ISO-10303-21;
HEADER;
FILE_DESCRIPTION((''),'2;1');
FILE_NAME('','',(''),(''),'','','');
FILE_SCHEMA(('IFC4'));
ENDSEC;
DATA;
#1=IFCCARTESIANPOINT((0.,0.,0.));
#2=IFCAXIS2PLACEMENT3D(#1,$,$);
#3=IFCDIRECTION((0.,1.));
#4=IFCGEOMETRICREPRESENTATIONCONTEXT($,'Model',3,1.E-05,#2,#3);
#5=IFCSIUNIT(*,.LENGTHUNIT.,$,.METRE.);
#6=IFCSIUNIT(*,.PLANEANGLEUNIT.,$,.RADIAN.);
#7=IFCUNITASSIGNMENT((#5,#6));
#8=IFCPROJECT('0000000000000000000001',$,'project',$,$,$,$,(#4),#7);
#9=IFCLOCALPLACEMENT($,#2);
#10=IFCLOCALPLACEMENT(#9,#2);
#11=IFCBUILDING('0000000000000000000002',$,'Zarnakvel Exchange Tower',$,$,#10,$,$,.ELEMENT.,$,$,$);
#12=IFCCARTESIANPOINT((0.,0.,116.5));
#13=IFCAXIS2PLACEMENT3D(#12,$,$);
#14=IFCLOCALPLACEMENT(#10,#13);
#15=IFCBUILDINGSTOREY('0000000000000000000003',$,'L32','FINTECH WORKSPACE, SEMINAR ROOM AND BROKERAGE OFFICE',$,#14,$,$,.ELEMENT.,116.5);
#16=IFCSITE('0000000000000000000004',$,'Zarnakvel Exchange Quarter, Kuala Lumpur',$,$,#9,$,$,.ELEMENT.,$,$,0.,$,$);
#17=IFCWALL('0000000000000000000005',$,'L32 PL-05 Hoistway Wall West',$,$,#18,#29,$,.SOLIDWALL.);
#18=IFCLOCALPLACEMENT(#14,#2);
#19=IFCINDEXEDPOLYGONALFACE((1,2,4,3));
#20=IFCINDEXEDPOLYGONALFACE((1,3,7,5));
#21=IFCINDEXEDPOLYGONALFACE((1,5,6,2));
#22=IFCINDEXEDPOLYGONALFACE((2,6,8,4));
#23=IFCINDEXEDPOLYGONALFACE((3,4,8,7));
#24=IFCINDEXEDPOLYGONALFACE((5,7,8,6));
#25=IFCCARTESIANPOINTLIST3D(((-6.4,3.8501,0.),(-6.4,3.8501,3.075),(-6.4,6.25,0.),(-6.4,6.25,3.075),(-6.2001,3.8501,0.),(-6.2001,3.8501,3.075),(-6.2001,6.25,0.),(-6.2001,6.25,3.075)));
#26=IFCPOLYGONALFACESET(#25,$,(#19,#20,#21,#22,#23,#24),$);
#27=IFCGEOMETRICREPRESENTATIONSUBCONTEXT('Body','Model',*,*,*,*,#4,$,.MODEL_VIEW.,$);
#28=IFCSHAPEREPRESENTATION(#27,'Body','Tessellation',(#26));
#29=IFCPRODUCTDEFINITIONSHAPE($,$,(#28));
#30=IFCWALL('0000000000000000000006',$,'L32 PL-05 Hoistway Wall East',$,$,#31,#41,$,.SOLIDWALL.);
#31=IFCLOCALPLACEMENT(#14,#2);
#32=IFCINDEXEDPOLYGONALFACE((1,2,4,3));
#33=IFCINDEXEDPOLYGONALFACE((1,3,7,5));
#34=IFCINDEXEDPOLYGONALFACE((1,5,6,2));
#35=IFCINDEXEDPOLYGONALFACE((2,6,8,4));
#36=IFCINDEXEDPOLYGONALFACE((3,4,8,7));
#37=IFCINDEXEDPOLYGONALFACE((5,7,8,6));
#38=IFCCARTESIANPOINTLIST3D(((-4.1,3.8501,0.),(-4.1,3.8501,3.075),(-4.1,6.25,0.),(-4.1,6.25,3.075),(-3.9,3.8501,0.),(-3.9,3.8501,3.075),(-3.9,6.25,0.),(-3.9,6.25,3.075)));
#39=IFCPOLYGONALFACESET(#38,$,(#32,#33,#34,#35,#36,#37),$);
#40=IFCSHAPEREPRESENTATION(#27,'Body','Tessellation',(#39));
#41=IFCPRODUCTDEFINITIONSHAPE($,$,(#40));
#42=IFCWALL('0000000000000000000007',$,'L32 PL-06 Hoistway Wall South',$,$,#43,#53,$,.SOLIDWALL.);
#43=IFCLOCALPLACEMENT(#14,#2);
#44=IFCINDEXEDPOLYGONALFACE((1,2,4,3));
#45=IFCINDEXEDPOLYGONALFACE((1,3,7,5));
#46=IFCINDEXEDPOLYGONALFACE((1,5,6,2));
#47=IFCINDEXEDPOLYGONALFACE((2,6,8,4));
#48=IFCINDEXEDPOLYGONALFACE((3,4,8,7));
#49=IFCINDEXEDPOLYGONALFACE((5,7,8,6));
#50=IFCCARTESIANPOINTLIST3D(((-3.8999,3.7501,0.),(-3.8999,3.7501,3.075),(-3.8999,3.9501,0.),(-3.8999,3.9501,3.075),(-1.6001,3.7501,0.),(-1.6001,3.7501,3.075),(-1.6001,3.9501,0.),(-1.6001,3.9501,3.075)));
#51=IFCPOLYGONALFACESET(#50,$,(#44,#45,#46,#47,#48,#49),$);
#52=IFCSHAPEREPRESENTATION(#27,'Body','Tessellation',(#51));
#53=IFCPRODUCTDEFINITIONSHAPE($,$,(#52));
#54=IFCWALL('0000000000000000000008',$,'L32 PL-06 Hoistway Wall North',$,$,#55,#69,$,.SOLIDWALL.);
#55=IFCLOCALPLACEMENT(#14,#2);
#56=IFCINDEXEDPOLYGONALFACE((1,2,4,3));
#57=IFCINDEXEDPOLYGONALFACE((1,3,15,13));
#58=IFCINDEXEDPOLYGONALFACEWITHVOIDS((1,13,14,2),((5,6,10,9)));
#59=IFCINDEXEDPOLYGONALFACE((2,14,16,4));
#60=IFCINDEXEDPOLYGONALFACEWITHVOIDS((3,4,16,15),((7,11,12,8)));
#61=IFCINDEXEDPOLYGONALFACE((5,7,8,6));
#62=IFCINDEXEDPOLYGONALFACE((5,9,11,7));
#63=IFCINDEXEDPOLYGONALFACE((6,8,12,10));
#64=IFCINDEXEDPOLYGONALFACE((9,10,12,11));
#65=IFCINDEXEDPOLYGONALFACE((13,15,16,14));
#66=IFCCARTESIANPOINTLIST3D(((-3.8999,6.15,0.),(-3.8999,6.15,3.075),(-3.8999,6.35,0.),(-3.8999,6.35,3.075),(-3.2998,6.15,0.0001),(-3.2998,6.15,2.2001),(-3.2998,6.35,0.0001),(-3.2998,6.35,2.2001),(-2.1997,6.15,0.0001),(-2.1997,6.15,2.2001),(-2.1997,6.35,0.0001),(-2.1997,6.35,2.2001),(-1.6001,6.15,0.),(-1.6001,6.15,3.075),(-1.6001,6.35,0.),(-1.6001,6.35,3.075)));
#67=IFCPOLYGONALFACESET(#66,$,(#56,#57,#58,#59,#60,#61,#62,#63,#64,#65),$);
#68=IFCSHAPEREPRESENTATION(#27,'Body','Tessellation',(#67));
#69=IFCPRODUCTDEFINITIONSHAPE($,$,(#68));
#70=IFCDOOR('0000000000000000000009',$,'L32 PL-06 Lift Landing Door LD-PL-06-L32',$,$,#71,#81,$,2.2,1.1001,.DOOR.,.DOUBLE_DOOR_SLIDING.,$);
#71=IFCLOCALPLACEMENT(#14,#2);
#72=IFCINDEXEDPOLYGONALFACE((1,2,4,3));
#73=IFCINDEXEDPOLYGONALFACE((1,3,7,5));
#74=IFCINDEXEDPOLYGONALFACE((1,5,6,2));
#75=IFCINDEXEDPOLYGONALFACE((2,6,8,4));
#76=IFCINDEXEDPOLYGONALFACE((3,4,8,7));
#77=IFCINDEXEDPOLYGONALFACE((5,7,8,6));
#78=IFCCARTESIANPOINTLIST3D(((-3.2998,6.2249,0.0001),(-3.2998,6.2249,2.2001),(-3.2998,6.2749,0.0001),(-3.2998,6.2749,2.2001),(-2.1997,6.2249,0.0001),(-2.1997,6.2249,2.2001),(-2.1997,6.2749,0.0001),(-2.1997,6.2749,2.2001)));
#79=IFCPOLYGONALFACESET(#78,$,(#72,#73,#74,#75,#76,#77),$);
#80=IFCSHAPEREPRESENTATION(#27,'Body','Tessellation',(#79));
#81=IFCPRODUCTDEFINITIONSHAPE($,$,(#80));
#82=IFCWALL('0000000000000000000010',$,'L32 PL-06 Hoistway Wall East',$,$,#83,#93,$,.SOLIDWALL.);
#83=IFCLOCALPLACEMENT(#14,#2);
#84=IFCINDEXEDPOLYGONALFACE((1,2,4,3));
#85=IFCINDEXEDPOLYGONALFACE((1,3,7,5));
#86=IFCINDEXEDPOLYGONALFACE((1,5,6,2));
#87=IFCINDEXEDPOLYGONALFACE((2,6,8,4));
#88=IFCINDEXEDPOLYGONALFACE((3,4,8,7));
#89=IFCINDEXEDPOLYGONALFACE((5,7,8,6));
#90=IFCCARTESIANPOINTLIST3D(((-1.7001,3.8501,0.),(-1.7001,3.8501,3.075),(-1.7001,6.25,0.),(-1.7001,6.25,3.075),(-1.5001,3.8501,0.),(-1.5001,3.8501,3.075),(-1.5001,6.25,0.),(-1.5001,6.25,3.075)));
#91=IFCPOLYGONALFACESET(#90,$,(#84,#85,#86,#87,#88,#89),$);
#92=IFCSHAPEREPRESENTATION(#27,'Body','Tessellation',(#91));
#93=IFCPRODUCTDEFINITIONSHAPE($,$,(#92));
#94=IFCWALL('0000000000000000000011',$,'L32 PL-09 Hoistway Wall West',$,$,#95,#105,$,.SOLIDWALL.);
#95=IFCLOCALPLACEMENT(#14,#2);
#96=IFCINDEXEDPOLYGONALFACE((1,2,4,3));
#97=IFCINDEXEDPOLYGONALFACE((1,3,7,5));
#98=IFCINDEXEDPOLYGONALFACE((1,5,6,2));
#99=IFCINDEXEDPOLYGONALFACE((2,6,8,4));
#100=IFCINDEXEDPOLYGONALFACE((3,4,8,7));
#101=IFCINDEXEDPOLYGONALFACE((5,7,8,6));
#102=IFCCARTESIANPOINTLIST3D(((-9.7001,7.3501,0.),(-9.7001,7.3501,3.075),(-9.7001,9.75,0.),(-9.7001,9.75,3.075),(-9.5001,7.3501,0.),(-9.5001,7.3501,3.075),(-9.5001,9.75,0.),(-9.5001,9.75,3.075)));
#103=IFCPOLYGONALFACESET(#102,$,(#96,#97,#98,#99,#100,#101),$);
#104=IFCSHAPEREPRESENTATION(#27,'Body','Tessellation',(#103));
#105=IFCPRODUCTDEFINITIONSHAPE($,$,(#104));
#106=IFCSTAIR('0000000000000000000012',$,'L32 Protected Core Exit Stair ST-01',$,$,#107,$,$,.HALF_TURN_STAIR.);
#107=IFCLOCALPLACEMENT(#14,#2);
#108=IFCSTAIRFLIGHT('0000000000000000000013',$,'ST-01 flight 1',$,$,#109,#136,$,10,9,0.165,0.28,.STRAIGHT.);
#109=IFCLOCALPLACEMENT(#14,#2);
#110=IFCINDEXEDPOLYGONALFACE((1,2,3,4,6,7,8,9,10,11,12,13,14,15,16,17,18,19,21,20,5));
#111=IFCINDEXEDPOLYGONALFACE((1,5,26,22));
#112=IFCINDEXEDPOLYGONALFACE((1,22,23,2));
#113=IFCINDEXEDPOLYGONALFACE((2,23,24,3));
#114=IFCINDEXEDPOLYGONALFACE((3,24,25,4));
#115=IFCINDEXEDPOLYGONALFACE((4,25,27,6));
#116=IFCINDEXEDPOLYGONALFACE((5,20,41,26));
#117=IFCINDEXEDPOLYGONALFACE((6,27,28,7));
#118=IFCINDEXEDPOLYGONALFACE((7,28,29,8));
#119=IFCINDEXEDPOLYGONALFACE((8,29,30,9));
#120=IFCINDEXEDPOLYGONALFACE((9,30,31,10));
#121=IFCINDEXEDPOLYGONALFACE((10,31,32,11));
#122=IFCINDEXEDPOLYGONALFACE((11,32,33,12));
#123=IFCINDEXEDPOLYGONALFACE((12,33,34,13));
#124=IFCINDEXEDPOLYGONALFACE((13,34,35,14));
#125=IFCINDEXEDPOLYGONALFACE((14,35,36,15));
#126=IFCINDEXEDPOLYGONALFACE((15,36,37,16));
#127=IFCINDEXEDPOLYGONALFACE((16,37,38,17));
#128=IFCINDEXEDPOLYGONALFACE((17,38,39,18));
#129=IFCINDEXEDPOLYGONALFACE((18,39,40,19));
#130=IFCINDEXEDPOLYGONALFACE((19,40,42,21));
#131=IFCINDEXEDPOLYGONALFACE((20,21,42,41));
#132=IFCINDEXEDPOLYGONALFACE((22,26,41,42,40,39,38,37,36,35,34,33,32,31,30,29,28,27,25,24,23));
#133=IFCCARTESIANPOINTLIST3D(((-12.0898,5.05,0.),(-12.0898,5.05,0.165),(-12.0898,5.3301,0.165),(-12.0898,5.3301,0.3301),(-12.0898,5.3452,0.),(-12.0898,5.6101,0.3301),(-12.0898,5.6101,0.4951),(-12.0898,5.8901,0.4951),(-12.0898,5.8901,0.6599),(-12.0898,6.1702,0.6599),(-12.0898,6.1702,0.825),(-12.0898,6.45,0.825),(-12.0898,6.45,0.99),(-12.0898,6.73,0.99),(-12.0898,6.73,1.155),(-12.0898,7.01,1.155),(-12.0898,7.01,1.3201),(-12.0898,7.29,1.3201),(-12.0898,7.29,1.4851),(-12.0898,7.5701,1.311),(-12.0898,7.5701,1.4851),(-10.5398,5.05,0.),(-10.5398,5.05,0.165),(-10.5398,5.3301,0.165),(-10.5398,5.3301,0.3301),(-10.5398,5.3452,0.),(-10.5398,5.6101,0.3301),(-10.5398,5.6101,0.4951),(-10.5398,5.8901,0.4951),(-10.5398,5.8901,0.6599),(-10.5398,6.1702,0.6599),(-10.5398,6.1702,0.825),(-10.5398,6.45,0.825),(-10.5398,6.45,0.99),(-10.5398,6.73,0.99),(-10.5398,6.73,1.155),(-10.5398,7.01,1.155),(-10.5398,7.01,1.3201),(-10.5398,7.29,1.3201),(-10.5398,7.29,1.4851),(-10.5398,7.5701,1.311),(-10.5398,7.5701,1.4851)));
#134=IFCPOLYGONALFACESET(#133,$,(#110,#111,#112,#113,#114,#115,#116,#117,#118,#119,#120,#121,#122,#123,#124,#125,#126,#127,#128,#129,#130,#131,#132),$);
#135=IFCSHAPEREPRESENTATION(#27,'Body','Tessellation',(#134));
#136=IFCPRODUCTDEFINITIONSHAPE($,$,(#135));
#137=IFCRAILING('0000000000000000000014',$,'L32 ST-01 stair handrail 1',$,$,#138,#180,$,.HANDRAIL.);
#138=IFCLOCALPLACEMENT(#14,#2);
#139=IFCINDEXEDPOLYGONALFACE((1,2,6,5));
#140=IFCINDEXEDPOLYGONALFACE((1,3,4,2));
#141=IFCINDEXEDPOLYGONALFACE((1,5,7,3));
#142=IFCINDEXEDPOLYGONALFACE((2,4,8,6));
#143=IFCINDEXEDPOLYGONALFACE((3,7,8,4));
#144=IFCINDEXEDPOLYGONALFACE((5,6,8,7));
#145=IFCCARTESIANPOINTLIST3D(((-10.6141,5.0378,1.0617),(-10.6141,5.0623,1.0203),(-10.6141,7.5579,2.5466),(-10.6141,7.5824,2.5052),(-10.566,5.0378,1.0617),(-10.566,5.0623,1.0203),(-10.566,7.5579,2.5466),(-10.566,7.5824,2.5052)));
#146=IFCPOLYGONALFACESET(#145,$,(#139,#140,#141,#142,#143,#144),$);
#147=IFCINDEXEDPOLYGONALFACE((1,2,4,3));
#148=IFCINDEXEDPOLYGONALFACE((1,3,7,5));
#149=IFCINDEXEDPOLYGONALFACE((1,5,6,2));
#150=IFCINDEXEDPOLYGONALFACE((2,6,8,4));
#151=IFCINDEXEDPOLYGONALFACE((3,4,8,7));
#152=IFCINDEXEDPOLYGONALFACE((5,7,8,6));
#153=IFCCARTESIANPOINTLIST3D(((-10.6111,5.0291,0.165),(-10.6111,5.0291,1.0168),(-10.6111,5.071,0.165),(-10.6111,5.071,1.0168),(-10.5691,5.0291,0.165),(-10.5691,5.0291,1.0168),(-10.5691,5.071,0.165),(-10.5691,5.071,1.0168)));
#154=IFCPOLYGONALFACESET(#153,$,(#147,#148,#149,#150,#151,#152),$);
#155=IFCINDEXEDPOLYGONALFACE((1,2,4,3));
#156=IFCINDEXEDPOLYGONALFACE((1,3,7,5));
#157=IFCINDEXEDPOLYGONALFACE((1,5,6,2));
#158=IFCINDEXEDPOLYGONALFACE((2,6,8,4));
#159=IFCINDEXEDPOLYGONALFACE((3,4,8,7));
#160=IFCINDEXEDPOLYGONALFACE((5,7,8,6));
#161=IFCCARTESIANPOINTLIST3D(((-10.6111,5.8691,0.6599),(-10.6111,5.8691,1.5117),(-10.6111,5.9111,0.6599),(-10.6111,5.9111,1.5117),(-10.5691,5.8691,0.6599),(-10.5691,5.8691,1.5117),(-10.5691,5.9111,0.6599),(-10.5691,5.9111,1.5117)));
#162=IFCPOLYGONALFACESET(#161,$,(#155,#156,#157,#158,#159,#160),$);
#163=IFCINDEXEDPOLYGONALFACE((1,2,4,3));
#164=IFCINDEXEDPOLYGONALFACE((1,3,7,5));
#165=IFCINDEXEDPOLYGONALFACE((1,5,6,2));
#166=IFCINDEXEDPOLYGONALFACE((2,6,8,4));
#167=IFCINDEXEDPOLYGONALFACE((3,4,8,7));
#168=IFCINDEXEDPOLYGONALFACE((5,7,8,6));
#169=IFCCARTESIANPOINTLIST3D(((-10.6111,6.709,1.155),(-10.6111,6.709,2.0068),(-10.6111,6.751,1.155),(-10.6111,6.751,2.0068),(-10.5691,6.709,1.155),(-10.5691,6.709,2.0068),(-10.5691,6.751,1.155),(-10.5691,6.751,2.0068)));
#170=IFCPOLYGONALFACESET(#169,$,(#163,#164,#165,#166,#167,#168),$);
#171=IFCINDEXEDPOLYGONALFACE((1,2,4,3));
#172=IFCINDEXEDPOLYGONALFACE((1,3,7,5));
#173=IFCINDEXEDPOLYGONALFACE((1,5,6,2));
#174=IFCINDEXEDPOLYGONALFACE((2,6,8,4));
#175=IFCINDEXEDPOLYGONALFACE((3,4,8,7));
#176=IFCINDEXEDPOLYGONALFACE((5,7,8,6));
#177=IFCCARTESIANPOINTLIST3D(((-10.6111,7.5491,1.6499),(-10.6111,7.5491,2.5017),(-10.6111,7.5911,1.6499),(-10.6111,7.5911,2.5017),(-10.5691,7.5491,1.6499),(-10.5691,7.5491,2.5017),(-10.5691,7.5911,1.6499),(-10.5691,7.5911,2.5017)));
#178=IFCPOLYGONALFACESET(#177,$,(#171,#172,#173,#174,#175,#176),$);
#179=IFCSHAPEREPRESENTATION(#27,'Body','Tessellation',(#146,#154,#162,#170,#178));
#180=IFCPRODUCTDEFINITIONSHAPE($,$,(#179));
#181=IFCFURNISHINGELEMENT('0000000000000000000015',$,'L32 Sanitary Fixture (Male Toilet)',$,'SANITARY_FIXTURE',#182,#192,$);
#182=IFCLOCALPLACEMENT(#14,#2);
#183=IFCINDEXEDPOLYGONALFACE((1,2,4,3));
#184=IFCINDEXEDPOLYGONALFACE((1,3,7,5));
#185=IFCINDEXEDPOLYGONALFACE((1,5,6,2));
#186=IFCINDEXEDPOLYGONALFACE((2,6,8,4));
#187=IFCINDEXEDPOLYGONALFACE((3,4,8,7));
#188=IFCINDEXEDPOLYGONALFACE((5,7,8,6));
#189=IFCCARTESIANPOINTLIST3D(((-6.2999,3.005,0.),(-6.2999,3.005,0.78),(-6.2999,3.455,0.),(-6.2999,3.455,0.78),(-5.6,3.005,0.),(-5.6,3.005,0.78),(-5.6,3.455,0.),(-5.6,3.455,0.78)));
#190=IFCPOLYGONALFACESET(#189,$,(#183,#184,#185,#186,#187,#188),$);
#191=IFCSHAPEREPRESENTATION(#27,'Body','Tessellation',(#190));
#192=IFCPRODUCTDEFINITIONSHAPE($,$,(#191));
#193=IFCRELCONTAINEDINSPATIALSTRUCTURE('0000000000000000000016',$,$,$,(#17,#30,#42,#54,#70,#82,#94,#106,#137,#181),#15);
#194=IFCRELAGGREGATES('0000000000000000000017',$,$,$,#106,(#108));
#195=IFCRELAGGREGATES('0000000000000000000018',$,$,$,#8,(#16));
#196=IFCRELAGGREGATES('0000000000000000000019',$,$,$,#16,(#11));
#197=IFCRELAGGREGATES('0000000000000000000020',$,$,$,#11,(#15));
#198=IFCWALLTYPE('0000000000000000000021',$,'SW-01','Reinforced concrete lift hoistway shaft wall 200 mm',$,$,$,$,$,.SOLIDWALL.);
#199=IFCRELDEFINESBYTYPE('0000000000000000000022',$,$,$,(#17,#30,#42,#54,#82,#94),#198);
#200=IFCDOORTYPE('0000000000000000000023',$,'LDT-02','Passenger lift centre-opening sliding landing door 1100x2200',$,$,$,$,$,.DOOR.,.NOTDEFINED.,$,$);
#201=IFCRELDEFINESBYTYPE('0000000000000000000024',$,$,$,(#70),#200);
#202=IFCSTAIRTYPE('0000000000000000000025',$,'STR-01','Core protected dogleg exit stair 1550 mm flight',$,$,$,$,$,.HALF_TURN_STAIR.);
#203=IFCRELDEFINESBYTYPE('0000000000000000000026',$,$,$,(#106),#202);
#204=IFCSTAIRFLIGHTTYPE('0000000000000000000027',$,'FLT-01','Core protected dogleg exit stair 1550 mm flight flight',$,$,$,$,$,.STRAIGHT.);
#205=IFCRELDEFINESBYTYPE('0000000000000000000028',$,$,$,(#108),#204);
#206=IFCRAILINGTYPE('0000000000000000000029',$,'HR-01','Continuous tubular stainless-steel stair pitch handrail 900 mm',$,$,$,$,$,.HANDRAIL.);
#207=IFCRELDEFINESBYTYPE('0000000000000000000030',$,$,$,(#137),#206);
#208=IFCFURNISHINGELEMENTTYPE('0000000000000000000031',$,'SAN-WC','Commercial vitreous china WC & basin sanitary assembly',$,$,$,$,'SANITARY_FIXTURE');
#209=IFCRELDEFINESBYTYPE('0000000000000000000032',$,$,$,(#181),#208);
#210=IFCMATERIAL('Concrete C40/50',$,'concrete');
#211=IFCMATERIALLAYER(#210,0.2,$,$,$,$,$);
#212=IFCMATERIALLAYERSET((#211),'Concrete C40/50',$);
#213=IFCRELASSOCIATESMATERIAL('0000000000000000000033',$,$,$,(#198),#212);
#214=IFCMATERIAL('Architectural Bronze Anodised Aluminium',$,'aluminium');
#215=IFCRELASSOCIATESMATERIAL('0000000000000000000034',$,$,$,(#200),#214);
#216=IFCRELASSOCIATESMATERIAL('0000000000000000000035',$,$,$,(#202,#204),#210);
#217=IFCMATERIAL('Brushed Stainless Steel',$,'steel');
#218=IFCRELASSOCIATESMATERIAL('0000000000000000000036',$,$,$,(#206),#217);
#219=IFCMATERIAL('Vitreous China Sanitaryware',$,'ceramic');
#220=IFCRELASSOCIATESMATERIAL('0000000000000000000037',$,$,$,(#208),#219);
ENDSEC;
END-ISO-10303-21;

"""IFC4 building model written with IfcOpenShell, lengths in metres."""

from ifc_helpers import new_model, si_unit, direction, frame, frame_2d, origin, origin_2d, place, context, subcontext, project, spatial, polyline, rectangle, outline, extrude, source, transform, mapped, material, layer, layer_set, type_object, element, fill, aggregate, save


model = new_model("IFC4")

# Units and contexts
model_context = context("Model", 3, precision=1e-05, world=origin(), true_north=direction((0.0, 1.0)))
body_context = subcontext(model_context, "Body", "Model", "MODEL_VIEW")
ifc_project = project(units=[si_unit("LENGTHUNIT", "METRE"), si_unit("PLANEANGLEUNIT", "RADIAN")], contexts=[model_context])

# Site, building, storey
site_placement = place(None, origin())
site = spatial("IfcSite", under=ifc_project, at=site_placement, Name="Zarnakvel Exchange Quarter, Kuala Lumpur", CompositionType="ELEMENT", RefElevation=0.0)
building_placement = place(site_placement, origin())
building = spatial("IfcBuilding", under=site, at=building_placement, Name="Zarnakvel Exchange Tower", CompositionType="ELEMENT")
storey_placement = place(building_placement, frame((0.0, 0.0, 116.5)))
storey = spatial("IfcBuildingStorey", under=building, at=storey_placement, Name="L32", Description="FINTECH WORKSPACE, SEMINAR ROOM AND BROKERAGE OFFICE", CompositionType="ELEMENT", Elevation=116.5)

# Shared definitions
ifc_material_1 = material(Name="Concrete C40/50", Category="concrete")

# Shared definitions
ifc_layer_1 = layer(ifc_material_1, 0.2)
ifc_layer_set_1 = layer_set([ifc_layer_1], Name="Concrete C40/50")
wall_type_1 = type_object("IfcWallType", Name="SW-01", Description="Reinforced concrete lift hoistway shaft wall 200 mm", PredefinedType="SOLIDWALL", material=ifc_layer_set_1)
ifc_material_2 = material(Name="Brushed Stainless Steel", Category="steel")
shared_shape_1 = source(origin(), body_context, "Body", "SweptSolid", [
    extrude(rectangle(XDim=1.1001, YDim=2.2, at=frame_2d((0.55, 1.1001))), frame((0.0, 0.0249, 0.0), z_axis=(0.0, -1.0, 0.0), x_axis=(1.0, 0.0, 0.0)), (0.0, 0.0, 1.0), 0.05),
])

# Shared definitions
ifc_material_3 = material(Name="Architectural Bronze Anodised Aluminium", Category="aluminium")
door_type_1 = type_object("IfcDoorType", Name="LDT-02", Description="Passenger lift centre-opening sliding landing door 1100x2200", OperationType="NOTDEFINED", PredefinedType="DOOR", material=ifc_material_3)

# Walls
for number, where, z_axis, x_axis, name in (
    (1, (-6.3, 3.8501, 0.0), (0.0, 0.0, 1.0), (0.0, 1.0, 0.0), "L32 PL-05 Hoistway Wall West"),
    (2, (-4.0, 6.25, 0.0), (0.0, 0.0, 1.0), (0.0, -1.0, 0.0), "L32 PL-05 Hoistway Wall East"),
):
    element("IfcWall", number, at=place(storey_placement, frame(where, z_axis=z_axis, x_axis=x_axis)), inside=storey, type_object=wall_type_1, Name=name, PredefinedType="SOLIDWALL", context=body_context, shape_type="SweptSolid", body=[
        extrude(rectangle(XDim=2.3999, YDim=0.2, at=frame_2d((1.2, 0.0))), origin(), (0.0, 0.0, 1.0), 3.075),
    ])
wall_1_placement = place(storey_placement, frame((-1.6001, 3.8501, 0.0), z_axis=(0.0, 0.0, 1.0), x_axis=(-1.0, 0.0, 0.0)))
element("IfcWall", 3, at=wall_1_placement, inside=storey, type_object=wall_type_1, Name="L32 PL-06 Hoistway Wall South", PredefinedType="SOLIDWALL", context=body_context, shape_type="SweptSolid", body=[
    extrude(rectangle(XDim=2.2998, YDim=0.2, at=frame_2d((1.1499, 0.0))), origin(), (0.0, 0.0, 1.0), 3.075),
])

# Wall, opening, door
wall_2_placement = place(storey_placement, frame((-3.8999, 6.25, 0.0), z_axis=(0.0, 0.0, 1.0), x_axis=(1.0, 0.0, 0.0)))
wall_2 = element("IfcWall", 4, at=wall_2_placement, inside=storey, type_object=wall_type_1, Name="L32 PL-06 Hoistway Wall North", PredefinedType="SOLIDWALL", context=body_context, shape_type="SweptSolid", body=[
    extrude(rectangle(XDim=2.2998, YDim=0.2, at=frame_2d((1.1499, 0.0))), origin(), (0.0, 0.0, 1.0), 3.075),
])
opening_1_placement = place(wall_2_placement, frame((0.6001, 0.0, 0.0)))
opening_1 = element("IfcOpeningElement", 5, at=opening_1_placement, cuts=wall_2, PredefinedType="OPENING", context=body_context, shape_type="SweptSolid", body=[
    extrude(rectangle(XDim=1.1001, YDim=2.2, at=frame_2d((0.55, 1.1001))), frame((0.0, 0.1099, 0.0), z_axis=(0.0, -1.0, 0.0), x_axis=(1.0, 0.0, 0.0)), (0.0, 0.0, 1.0), 0.22),
])
door_1_placement = place(opening_1_placement, origin())
door_1 = element("IfcDoor", 6, at=door_1_placement, inside=storey, type_object=door_type_1, Name="L32 PL-06 Lift Landing Door LD-PL-06-L32", OperationType="DOUBLE_DOOR_SLIDING", OverallHeight=2.2, OverallWidth=1.1001, PredefinedType="DOOR", context=body_context, shape_type="MappedRepresentation", body=[
    mapped(shared_shape_1, transform((0.0, 0.0, 0.0), x_axis=(1.0, 0.0, 0.0), y_axis=(0.0, 1.0, 0.0), z_axis=(0.0, 0.0, 1.0), scale=1.0)),
])
fill(opening_1, door_1)

# Walls
for number, where, z_axis, x_axis, name in (
    (7, (-1.6001, 6.25, 0.0), (0.0, 0.0, 1.0), (0.0, -1.0, 0.0), "L32 PL-06 Hoistway Wall East"),
    (8, (-9.6001, 7.3501, 0.0), (0.0, 0.0, 1.0), (0.0, 1.0, 0.0), "L32 PL-09 Hoistway Wall West"),
):
    element("IfcWall", number, at=place(storey_placement, frame(where, z_axis=z_axis, x_axis=x_axis)), inside=storey, type_object=wall_type_1, Name=name, PredefinedType="SOLIDWALL", context=body_context, shape_type="SweptSolid", body=[
        extrude(rectangle(XDim=2.3999, YDim=0.2, at=frame_2d((1.2, 0.0))), origin(), (0.0, 0.0, 1.0), 3.075),
    ])

# Stair, stair flight
stair_type = type_object("IfcStairType", Name="STR-01", Description="Core protected dogleg exit stair 1550 mm flight", PredefinedType="HALF_TURN_STAIR", material=ifc_material_1)
stair_placement = place(storey_placement, origin())
stair = element("IfcStair", 9, at=stair_placement, inside=storey, type_object=stair_type, Name="L32 Protected Core Exit Stair ST-01", PredefinedType="HALF_TURN_STAIR")
stair_flight_type = type_object("IfcStairFlightType", Name="FLT-01", Description="Core protected dogleg exit stair 1550 mm flight flight", PredefinedType="STRAIGHT", material=ifc_material_1)
stair_flight_placement = place(storey_placement, frame((-11.3149, 5.05, 0.0), z_axis=(0.0, 0.0, 1.0), x_axis=(0.0, 1.0, 0.0)))
stair_flight = element("IfcStairFlight", 10, at=stair_flight_placement, type_object=stair_flight_type, Name="ST-01 flight 1", NumberOfRisers=10, NumberOfTreads=9, PredefinedType="STRAIGHT", RiserHeight=0.165, TreadLength=0.28, context=body_context, shape_type="SweptSolid", body=[
    extrude(outline(polyline([(0.0, 0.0), (0.0, 0.165), (0.28, 0.165), (0.28, 0.3301), (0.5601, 0.3301), (0.5601, 0.4951), (0.8401, 0.4951), (0.8401, 0.6599), (1.1201, 0.6599), (1.1201, 0.825), (1.3999, 0.825), (1.3999, 0.99), (1.6799, 0.99), (1.6799, 1.155), (1.96, 1.155), (1.96, 1.3201), (2.24, 1.3201), (2.24, 1.4851), (2.52, 1.4851), (2.52, 1.6499), (2.52, 1.311), (0.2952, 0.0), (0.0, 0.0)])), frame((0.0, 0.7749, 0.0), z_axis=(0.0, -1.0, 0.0), x_axis=(1.0, 0.0, 0.0)), (0.0, 0.0, 1.0), 1.55),
])
aggregate(stair, [stair_flight])

# Railing
railing_type = type_object("IfcRailingType", Name="HR-01", Description="Continuous tubular stainless-steel stair pitch handrail 900 mm", PredefinedType="HANDRAIL", material=ifc_material_2)
railing_placement = place(storey_placement, frame((-10.5901, 5.05, 0.165)))
element("IfcRailing", 11, at=railing_placement, inside=storey, type_object=railing_type, Name="L32 ST-01 stair handrail 1", PredefinedType="HANDRAIL", context=body_context, shape_type="SweptSolid", body=[
    extrude(rectangle(XDim=0.0481, YDim=0.0481, at=origin_2d()), frame((0.0, 0.0, 0.876), z_axis=(0.0, 0.861561, 0.507655), x_axis=(-1.0, 0.0, 0.0)), (0.0, 0.0, 1.0), 2.925),
    extrude(rectangle(XDim=0.042, YDim=0.042, at=origin_2d()), origin(), (0.0, 0.0, 1.0), 0.8518),
    extrude(rectangle(XDim=0.042, YDim=0.042, at=origin_2d()), frame((0.0, 0.8401, 0.4949)), (0.0, 0.0, 1.0), 0.8518),
    extrude(rectangle(XDim=0.042, YDim=0.042, at=origin_2d()), frame((0.0, 1.6799, 0.99)), (0.0, 0.0, 1.0), 0.8518),
    extrude(rectangle(XDim=0.042, YDim=0.042, at=origin_2d()), frame((0.0, 2.52, 1.4849)), (0.0, 0.0, 1.0), 0.8518),
])

# Furnishing element
ifc_material_4 = material(Name="Vitreous China Sanitaryware", Category="ceramic")
furnishing_element_type = type_object("IfcFurnishingElementType", Name="SAN-WC", Description="Commercial vitreous china WC & basin sanitary assembly", ElementType="SANITARY_FIXTURE", material=ifc_material_4)
shared_shape_2 = source(origin(), body_context, "Body", "SweptSolid", [
    extrude(rectangle(XDim=0.7, YDim=0.45, at=origin_2d()), origin(), (0.0, 0.0, 1.0), 0.78),
])
for number, where, z_axis, x_axis, name in (
    (12, (-5.95, 3.23, 0.0), (0.0, 0.0, 1.0), (1.0, 0.0, 0.0), "L32 Sanitary Fixture (Male Toilet)"),
):
    element("IfcFurnishingElement", number, at=place(storey_placement, frame(where, z_axis=z_axis, x_axis=x_axis)), inside=storey, type_object=furnishing_element_type, Name=name, ObjectType="SANITARY_FIXTURE", context=body_context, shape_type="MappedRepresentation", body=[
        mapped(shared_shape_2, transform((0.0, 0.0, 0.0), x_axis=(1.0, 0.0, 0.0), y_axis=(0.0, 1.0, 0.0), z_axis=(0.0, 0.0, 1.0), scale=1.0)),
    ])

save(model, "model.ifc")
